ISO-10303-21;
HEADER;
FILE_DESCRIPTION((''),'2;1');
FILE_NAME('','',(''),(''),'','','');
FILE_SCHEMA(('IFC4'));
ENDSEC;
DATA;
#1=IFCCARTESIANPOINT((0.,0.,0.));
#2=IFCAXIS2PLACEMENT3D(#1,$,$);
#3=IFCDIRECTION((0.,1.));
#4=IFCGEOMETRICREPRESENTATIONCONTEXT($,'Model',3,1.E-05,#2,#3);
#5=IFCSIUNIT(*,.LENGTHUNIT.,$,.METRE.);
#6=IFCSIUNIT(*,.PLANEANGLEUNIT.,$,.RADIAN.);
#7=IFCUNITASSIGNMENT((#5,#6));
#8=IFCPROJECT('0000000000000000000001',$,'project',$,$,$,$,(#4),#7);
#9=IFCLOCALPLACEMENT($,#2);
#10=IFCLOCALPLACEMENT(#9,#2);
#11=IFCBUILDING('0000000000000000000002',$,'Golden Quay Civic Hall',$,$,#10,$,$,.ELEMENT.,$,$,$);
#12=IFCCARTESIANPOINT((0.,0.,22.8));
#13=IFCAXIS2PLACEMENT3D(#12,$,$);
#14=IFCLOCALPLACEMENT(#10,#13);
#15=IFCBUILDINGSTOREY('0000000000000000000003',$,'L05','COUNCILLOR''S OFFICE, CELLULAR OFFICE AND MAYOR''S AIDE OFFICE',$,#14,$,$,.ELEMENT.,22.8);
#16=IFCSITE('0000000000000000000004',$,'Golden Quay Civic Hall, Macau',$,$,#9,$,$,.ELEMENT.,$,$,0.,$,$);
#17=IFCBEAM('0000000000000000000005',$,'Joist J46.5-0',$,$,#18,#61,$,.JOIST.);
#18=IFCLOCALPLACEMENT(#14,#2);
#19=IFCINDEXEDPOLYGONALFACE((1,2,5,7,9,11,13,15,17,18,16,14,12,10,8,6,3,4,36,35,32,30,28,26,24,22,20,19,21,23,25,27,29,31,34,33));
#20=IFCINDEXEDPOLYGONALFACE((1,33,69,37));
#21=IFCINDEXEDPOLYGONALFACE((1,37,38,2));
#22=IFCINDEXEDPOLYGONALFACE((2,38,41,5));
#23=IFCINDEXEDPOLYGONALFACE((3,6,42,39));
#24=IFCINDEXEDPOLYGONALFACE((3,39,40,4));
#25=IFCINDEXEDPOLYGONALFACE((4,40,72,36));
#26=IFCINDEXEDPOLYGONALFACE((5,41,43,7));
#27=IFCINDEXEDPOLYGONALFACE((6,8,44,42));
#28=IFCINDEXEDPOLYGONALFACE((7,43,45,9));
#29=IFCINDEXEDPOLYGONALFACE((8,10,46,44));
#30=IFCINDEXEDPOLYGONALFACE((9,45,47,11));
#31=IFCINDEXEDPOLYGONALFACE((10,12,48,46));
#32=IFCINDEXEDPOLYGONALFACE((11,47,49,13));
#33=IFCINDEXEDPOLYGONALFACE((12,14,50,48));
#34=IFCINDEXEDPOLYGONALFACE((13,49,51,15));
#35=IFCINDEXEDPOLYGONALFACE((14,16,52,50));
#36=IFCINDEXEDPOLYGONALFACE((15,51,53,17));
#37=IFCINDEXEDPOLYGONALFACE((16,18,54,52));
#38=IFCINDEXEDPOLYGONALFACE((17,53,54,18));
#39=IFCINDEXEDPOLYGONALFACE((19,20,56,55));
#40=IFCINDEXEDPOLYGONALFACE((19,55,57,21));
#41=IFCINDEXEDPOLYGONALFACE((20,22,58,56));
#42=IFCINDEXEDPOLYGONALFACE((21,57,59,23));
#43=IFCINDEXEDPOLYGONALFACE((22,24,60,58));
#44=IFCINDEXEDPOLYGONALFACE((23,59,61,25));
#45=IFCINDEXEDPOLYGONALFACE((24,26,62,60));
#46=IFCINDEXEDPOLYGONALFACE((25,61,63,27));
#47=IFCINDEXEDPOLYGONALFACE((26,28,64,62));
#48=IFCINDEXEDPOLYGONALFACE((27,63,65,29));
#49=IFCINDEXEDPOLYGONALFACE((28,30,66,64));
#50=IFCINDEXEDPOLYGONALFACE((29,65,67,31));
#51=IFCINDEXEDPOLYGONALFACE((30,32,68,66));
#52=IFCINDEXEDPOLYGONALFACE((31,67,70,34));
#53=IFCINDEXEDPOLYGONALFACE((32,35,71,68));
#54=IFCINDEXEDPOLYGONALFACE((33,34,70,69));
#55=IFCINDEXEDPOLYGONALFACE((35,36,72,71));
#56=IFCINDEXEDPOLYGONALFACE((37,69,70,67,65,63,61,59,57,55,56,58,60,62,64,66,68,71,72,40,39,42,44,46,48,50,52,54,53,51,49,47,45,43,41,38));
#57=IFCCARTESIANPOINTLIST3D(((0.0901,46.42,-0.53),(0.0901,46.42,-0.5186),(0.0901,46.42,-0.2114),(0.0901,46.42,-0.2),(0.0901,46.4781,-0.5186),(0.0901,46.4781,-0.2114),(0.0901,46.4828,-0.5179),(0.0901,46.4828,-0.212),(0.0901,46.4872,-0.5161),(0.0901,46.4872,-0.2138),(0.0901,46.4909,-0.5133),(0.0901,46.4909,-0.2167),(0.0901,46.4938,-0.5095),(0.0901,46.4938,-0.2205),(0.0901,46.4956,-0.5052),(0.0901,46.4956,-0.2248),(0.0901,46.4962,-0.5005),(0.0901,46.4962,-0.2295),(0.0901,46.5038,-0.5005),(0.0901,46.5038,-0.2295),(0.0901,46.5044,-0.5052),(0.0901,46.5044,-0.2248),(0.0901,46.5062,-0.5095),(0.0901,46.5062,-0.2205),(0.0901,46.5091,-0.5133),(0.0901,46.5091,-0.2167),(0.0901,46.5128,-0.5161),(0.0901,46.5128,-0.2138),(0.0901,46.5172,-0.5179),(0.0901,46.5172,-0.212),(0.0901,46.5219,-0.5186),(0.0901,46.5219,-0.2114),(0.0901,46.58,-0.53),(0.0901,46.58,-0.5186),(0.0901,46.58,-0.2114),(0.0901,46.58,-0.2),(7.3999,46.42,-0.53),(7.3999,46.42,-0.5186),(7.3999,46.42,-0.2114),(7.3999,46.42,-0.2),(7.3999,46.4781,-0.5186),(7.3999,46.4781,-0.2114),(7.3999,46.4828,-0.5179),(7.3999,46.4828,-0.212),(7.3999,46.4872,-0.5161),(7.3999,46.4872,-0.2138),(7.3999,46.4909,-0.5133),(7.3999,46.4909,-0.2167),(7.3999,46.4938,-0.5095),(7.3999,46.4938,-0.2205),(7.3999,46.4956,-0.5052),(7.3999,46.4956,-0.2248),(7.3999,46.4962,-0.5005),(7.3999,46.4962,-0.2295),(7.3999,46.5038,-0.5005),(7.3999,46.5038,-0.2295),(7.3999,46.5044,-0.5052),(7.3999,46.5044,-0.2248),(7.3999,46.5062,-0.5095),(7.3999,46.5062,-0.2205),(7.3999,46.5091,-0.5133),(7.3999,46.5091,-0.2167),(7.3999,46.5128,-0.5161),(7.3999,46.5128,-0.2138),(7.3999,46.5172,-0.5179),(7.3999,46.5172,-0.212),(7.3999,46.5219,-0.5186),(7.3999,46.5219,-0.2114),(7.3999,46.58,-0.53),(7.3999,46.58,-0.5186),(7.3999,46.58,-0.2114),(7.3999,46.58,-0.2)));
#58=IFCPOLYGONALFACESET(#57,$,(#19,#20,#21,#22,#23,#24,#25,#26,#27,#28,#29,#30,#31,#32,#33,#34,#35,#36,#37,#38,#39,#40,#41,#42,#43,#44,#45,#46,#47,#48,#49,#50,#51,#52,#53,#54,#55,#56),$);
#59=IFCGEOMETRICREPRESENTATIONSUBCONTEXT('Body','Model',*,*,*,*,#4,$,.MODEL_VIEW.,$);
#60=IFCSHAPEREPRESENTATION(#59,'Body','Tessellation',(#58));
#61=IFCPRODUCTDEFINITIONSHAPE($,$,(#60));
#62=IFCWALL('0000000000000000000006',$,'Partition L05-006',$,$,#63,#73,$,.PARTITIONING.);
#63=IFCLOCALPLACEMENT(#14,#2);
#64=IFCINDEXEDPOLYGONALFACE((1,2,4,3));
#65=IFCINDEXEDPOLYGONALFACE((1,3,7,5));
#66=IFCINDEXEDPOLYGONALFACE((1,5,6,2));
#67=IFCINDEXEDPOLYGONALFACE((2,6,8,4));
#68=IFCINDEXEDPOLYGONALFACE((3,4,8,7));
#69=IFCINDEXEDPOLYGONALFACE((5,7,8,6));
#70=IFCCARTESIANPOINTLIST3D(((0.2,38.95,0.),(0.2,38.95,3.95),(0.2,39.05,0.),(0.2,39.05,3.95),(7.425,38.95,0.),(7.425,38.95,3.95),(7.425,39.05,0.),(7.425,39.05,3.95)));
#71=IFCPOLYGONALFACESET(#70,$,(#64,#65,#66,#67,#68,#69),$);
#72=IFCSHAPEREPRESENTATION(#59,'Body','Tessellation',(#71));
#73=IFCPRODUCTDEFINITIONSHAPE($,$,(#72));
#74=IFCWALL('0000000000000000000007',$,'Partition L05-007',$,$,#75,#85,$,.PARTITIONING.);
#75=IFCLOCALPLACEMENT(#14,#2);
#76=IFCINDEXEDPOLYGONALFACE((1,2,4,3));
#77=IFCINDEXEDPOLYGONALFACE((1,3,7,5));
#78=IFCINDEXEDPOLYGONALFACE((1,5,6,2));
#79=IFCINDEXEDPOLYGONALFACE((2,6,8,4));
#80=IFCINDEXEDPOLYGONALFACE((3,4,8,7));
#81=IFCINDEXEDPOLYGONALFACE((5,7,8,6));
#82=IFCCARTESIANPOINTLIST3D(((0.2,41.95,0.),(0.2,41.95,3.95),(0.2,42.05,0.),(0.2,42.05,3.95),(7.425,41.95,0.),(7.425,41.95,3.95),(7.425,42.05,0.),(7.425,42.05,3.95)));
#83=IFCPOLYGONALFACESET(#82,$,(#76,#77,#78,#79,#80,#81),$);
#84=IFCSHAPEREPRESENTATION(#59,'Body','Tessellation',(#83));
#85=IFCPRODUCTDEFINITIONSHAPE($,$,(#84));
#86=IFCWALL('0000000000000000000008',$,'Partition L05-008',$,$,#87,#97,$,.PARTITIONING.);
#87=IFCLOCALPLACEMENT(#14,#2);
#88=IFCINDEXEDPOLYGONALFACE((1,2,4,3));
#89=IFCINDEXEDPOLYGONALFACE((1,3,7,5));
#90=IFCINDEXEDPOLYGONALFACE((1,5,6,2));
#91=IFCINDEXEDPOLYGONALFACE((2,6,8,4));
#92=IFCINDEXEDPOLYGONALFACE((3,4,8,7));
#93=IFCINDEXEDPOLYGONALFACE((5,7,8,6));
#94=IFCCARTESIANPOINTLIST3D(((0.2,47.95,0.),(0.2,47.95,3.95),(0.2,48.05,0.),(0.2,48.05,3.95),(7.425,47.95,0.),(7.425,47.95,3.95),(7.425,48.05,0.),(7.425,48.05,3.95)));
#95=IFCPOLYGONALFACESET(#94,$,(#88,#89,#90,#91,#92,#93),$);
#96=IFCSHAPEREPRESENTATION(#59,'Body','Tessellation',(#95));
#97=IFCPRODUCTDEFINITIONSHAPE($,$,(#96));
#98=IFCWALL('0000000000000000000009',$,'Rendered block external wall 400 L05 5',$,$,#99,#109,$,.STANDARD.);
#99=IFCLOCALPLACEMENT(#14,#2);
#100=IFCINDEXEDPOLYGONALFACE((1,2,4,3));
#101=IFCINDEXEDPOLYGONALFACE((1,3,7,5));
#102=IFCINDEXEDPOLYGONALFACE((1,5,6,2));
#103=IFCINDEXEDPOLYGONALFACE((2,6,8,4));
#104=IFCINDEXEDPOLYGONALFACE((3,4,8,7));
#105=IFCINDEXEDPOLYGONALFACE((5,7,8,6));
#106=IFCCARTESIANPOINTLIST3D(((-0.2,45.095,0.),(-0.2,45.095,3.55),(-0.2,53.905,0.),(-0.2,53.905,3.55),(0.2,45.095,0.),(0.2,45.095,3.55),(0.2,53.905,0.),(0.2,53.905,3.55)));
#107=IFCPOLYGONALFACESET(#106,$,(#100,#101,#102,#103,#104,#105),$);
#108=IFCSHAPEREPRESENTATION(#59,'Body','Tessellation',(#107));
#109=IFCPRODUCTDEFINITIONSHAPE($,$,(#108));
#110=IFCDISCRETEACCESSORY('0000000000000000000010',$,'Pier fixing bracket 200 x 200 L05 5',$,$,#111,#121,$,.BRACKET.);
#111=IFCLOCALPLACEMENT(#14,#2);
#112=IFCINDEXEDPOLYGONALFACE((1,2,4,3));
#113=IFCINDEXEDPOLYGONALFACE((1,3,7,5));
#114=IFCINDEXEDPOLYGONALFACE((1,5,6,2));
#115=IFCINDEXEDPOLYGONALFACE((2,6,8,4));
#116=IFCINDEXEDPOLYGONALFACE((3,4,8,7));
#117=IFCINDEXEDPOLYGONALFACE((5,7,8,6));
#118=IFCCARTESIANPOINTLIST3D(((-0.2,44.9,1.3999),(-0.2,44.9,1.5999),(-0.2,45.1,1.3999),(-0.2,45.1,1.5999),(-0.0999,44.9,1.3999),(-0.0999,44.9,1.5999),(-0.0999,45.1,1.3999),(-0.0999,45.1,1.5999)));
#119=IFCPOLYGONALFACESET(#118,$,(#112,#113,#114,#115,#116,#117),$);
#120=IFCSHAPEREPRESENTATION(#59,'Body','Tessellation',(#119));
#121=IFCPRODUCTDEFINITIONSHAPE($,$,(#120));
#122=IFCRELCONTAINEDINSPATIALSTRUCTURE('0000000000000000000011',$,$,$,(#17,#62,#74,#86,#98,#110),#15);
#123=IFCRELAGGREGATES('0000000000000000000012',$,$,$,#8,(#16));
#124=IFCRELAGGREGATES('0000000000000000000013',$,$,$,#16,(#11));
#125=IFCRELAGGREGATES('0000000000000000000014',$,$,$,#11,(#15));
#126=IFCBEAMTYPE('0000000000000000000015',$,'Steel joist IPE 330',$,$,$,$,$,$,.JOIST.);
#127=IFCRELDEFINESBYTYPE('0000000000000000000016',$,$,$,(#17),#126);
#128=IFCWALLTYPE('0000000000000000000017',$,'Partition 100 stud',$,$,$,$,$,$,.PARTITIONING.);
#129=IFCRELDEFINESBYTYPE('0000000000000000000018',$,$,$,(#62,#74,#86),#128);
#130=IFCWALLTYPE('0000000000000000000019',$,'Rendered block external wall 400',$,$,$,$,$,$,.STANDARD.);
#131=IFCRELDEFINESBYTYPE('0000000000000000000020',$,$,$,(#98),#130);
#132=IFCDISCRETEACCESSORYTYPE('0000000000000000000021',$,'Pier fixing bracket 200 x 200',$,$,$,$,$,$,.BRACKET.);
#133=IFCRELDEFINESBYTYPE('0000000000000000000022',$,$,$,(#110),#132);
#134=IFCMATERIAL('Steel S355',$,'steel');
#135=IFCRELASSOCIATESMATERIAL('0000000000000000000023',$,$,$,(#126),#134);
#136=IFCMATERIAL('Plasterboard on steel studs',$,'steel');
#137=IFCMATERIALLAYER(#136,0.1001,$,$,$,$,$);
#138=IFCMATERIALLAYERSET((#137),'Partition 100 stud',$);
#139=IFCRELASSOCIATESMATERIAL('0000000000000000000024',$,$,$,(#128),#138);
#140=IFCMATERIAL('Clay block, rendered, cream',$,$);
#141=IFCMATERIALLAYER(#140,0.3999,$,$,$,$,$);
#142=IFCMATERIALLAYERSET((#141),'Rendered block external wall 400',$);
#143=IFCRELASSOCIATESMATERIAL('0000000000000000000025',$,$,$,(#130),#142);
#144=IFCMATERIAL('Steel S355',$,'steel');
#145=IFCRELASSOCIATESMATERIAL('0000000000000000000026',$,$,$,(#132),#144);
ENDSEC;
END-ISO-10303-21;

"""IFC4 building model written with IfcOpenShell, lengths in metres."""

from ifc_helpers import new_model, si_unit, direction, frame, frame_2d, origin, origin_2d, place, context, subcontext, project, spatial, rectangle, i_section, extrude, material, layer, layer_set, material_profile, profile_set, type_object, element, save


model = new_model("IFC4")

# Units and contexts
model_context = context("Model", 3, precision=1e-05, world=origin(), true_north=direction((0.0, 1.0)))
body_context = subcontext(model_context, "Body", "Model", "MODEL_VIEW")
ifc_project = project(units=[si_unit("LENGTHUNIT", "METRE"), si_unit("PLANEANGLEUNIT", "RADIAN")], contexts=[model_context])

# Site, building, storey
site_placement = place(None, origin())
site = spatial("IfcSite", under=ifc_project, at=site_placement, Name="Golden Quay Civic Hall, Macau", CompositionType="ELEMENT", RefElevation=0.0)
building_placement = place(site_placement, origin())
building = spatial("IfcBuilding", under=site, at=building_placement, Name="Golden Quay Civic Hall", CompositionType="ELEMENT")
storey_placement = place(building_placement, frame((0.0, 0.0, 22.8)))
storey = spatial("IfcBuildingStorey", under=building, at=storey_placement, Name="L05", Description="COUNCILLOR'S OFFICE, CELLULAR OFFICE AND MAYOR'S AIDE OFFICE", CompositionType="ELEMENT", Elevation=22.8)

# Beam
ifc_material_1 = material(Name="Steel S355", Category="steel")
ifc_material_profile_1 = material_profile(ifc_material_1, i_section(OverallWidth=0.1599, OverallDepth=0.3301, WebThickness=0.0076, FlangeThickness=0.0115, FilletRadius=0.0181, at=origin_2d()), Name="IPE 330")
ifc_profile_set_1 = profile_set([ifc_material_profile_1], Name="Steel S355")
beam_type_1 = type_object("IfcBeamType", Name="Steel joist IPE 330", PredefinedType="JOIST", material=ifc_profile_set_1)
for number, where, z_axis, x_axis, name in (
    (1, (0.0901, 46.5, -0.365), (1.0, 0.0, 0.0), (0.0, 1.0, 0.0), "Joist J46.5-0"),
):
    element("IfcBeam", number, at=place(storey_placement, frame(where, z_axis=z_axis, x_axis=x_axis)), inside=storey, type_object=beam_type_1, Name=name, PredefinedType="JOIST", context=body_context, shape_type="SweptSolid", body=[
        extrude(i_section(OverallWidth=0.1599, OverallDepth=0.3301, WebThickness=0.0076, FlangeThickness=0.0115, FilletRadius=0.0181, at=origin_2d()), origin(), (0.0, 0.0, 1.0), 7.3098),
    ])

# Walls
ifc_material_2 = material(Name="Plasterboard on steel studs", Category="steel")
ifc_layer_1 = layer(ifc_material_2, 0.1001)
ifc_layer_set_1 = layer_set([ifc_layer_1], Name="Partition 100 stud")
wall_type_1 = type_object("IfcWallType", Name="Partition 100 stud", PredefinedType="PARTITIONING", material=ifc_layer_set_1)
for number, where, z_axis, x_axis, name in (
    (2, (0.2, 39.0, 0.0), (0.0, 0.0, 1.0), (1.0, 0.0, 0.0), "Partition L05-006"),
    (3, (0.2, 42.0, 0.0), (0.0, 0.0, 1.0), (1.0, 0.0, 0.0), "Partition L05-007"),
    (4, (0.2, 48.0, 0.0), (0.0, 0.0, 1.0), (1.0, 0.0, 0.0), "Partition L05-008"),
):
    element("IfcWall", number, at=place(storey_placement, frame(where, z_axis=z_axis, x_axis=x_axis)), inside=storey, type_object=wall_type_1, Name=name, PredefinedType="PARTITIONING", context=body_context, shape_type="SweptSolid", body=[
        extrude(rectangle(XDim=7.2251, YDim=0.1001, at=frame_2d((3.6125, 0.0))), origin(), (0.0, 0.0, 1.0), 3.95),
    ])
ifc_material_3 = material(Name="Clay block, rendered, cream")
ifc_layer_2 = layer(ifc_material_3, 0.3999)
ifc_layer_set_2 = layer_set([ifc_layer_2], Name="Rendered block external wall 400")
wall_type_2 = type_object("IfcWallType", Name="Rendered block external wall 400", PredefinedType="STANDARD", material=ifc_layer_set_2)
wall_placement = place(storey_placement, frame((0.0, 45.095, 0.0), z_axis=(0.0, 0.0, 1.0), x_axis=(0.0, 1.0, 0.0)))
element("IfcWall", 5, at=wall_placement, inside=storey, type_object=wall_type_2, Name="Rendered block external wall 400 L05 5", PredefinedType="STANDARD", context=body_context, shape_type="SweptSolid", body=[
    extrude(rectangle(XDim=8.8101, YDim=0.3999, at=frame_2d((4.405, 0.0))), origin(), (0.0, 0.0, 1.0), 3.55),
])

# Discrete accessory
ifc_material_4 = material(Name="Steel S355", Category="steel")
discrete_accessory_type = type_object("IfcDiscreteAccessoryType", Name="Pier fixing bracket 200 x 200", PredefinedType="BRACKET", material=ifc_material_4)
discrete_accessory_placement = place(storey_placement, frame((-0.1499, 45.0, 1.3999), z_axis=(0.0, 0.0, 1.0), x_axis=(0.0, -1.0, 0.0)))
element("IfcDiscreteAccessory", 6, at=discrete_accessory_placement, inside=storey, type_object=discrete_accessory_type, Name="Pier fixing bracket 200 x 200 L05 5", PredefinedType="BRACKET", context=body_context, shape_type="SweptSolid", body=[
    extrude(rectangle(XDim=0.2, YDim=0.1001, at=origin_2d()), origin(), (0.0, 0.0, 1.0), 0.2),
])

save(model, "model.ifc")
